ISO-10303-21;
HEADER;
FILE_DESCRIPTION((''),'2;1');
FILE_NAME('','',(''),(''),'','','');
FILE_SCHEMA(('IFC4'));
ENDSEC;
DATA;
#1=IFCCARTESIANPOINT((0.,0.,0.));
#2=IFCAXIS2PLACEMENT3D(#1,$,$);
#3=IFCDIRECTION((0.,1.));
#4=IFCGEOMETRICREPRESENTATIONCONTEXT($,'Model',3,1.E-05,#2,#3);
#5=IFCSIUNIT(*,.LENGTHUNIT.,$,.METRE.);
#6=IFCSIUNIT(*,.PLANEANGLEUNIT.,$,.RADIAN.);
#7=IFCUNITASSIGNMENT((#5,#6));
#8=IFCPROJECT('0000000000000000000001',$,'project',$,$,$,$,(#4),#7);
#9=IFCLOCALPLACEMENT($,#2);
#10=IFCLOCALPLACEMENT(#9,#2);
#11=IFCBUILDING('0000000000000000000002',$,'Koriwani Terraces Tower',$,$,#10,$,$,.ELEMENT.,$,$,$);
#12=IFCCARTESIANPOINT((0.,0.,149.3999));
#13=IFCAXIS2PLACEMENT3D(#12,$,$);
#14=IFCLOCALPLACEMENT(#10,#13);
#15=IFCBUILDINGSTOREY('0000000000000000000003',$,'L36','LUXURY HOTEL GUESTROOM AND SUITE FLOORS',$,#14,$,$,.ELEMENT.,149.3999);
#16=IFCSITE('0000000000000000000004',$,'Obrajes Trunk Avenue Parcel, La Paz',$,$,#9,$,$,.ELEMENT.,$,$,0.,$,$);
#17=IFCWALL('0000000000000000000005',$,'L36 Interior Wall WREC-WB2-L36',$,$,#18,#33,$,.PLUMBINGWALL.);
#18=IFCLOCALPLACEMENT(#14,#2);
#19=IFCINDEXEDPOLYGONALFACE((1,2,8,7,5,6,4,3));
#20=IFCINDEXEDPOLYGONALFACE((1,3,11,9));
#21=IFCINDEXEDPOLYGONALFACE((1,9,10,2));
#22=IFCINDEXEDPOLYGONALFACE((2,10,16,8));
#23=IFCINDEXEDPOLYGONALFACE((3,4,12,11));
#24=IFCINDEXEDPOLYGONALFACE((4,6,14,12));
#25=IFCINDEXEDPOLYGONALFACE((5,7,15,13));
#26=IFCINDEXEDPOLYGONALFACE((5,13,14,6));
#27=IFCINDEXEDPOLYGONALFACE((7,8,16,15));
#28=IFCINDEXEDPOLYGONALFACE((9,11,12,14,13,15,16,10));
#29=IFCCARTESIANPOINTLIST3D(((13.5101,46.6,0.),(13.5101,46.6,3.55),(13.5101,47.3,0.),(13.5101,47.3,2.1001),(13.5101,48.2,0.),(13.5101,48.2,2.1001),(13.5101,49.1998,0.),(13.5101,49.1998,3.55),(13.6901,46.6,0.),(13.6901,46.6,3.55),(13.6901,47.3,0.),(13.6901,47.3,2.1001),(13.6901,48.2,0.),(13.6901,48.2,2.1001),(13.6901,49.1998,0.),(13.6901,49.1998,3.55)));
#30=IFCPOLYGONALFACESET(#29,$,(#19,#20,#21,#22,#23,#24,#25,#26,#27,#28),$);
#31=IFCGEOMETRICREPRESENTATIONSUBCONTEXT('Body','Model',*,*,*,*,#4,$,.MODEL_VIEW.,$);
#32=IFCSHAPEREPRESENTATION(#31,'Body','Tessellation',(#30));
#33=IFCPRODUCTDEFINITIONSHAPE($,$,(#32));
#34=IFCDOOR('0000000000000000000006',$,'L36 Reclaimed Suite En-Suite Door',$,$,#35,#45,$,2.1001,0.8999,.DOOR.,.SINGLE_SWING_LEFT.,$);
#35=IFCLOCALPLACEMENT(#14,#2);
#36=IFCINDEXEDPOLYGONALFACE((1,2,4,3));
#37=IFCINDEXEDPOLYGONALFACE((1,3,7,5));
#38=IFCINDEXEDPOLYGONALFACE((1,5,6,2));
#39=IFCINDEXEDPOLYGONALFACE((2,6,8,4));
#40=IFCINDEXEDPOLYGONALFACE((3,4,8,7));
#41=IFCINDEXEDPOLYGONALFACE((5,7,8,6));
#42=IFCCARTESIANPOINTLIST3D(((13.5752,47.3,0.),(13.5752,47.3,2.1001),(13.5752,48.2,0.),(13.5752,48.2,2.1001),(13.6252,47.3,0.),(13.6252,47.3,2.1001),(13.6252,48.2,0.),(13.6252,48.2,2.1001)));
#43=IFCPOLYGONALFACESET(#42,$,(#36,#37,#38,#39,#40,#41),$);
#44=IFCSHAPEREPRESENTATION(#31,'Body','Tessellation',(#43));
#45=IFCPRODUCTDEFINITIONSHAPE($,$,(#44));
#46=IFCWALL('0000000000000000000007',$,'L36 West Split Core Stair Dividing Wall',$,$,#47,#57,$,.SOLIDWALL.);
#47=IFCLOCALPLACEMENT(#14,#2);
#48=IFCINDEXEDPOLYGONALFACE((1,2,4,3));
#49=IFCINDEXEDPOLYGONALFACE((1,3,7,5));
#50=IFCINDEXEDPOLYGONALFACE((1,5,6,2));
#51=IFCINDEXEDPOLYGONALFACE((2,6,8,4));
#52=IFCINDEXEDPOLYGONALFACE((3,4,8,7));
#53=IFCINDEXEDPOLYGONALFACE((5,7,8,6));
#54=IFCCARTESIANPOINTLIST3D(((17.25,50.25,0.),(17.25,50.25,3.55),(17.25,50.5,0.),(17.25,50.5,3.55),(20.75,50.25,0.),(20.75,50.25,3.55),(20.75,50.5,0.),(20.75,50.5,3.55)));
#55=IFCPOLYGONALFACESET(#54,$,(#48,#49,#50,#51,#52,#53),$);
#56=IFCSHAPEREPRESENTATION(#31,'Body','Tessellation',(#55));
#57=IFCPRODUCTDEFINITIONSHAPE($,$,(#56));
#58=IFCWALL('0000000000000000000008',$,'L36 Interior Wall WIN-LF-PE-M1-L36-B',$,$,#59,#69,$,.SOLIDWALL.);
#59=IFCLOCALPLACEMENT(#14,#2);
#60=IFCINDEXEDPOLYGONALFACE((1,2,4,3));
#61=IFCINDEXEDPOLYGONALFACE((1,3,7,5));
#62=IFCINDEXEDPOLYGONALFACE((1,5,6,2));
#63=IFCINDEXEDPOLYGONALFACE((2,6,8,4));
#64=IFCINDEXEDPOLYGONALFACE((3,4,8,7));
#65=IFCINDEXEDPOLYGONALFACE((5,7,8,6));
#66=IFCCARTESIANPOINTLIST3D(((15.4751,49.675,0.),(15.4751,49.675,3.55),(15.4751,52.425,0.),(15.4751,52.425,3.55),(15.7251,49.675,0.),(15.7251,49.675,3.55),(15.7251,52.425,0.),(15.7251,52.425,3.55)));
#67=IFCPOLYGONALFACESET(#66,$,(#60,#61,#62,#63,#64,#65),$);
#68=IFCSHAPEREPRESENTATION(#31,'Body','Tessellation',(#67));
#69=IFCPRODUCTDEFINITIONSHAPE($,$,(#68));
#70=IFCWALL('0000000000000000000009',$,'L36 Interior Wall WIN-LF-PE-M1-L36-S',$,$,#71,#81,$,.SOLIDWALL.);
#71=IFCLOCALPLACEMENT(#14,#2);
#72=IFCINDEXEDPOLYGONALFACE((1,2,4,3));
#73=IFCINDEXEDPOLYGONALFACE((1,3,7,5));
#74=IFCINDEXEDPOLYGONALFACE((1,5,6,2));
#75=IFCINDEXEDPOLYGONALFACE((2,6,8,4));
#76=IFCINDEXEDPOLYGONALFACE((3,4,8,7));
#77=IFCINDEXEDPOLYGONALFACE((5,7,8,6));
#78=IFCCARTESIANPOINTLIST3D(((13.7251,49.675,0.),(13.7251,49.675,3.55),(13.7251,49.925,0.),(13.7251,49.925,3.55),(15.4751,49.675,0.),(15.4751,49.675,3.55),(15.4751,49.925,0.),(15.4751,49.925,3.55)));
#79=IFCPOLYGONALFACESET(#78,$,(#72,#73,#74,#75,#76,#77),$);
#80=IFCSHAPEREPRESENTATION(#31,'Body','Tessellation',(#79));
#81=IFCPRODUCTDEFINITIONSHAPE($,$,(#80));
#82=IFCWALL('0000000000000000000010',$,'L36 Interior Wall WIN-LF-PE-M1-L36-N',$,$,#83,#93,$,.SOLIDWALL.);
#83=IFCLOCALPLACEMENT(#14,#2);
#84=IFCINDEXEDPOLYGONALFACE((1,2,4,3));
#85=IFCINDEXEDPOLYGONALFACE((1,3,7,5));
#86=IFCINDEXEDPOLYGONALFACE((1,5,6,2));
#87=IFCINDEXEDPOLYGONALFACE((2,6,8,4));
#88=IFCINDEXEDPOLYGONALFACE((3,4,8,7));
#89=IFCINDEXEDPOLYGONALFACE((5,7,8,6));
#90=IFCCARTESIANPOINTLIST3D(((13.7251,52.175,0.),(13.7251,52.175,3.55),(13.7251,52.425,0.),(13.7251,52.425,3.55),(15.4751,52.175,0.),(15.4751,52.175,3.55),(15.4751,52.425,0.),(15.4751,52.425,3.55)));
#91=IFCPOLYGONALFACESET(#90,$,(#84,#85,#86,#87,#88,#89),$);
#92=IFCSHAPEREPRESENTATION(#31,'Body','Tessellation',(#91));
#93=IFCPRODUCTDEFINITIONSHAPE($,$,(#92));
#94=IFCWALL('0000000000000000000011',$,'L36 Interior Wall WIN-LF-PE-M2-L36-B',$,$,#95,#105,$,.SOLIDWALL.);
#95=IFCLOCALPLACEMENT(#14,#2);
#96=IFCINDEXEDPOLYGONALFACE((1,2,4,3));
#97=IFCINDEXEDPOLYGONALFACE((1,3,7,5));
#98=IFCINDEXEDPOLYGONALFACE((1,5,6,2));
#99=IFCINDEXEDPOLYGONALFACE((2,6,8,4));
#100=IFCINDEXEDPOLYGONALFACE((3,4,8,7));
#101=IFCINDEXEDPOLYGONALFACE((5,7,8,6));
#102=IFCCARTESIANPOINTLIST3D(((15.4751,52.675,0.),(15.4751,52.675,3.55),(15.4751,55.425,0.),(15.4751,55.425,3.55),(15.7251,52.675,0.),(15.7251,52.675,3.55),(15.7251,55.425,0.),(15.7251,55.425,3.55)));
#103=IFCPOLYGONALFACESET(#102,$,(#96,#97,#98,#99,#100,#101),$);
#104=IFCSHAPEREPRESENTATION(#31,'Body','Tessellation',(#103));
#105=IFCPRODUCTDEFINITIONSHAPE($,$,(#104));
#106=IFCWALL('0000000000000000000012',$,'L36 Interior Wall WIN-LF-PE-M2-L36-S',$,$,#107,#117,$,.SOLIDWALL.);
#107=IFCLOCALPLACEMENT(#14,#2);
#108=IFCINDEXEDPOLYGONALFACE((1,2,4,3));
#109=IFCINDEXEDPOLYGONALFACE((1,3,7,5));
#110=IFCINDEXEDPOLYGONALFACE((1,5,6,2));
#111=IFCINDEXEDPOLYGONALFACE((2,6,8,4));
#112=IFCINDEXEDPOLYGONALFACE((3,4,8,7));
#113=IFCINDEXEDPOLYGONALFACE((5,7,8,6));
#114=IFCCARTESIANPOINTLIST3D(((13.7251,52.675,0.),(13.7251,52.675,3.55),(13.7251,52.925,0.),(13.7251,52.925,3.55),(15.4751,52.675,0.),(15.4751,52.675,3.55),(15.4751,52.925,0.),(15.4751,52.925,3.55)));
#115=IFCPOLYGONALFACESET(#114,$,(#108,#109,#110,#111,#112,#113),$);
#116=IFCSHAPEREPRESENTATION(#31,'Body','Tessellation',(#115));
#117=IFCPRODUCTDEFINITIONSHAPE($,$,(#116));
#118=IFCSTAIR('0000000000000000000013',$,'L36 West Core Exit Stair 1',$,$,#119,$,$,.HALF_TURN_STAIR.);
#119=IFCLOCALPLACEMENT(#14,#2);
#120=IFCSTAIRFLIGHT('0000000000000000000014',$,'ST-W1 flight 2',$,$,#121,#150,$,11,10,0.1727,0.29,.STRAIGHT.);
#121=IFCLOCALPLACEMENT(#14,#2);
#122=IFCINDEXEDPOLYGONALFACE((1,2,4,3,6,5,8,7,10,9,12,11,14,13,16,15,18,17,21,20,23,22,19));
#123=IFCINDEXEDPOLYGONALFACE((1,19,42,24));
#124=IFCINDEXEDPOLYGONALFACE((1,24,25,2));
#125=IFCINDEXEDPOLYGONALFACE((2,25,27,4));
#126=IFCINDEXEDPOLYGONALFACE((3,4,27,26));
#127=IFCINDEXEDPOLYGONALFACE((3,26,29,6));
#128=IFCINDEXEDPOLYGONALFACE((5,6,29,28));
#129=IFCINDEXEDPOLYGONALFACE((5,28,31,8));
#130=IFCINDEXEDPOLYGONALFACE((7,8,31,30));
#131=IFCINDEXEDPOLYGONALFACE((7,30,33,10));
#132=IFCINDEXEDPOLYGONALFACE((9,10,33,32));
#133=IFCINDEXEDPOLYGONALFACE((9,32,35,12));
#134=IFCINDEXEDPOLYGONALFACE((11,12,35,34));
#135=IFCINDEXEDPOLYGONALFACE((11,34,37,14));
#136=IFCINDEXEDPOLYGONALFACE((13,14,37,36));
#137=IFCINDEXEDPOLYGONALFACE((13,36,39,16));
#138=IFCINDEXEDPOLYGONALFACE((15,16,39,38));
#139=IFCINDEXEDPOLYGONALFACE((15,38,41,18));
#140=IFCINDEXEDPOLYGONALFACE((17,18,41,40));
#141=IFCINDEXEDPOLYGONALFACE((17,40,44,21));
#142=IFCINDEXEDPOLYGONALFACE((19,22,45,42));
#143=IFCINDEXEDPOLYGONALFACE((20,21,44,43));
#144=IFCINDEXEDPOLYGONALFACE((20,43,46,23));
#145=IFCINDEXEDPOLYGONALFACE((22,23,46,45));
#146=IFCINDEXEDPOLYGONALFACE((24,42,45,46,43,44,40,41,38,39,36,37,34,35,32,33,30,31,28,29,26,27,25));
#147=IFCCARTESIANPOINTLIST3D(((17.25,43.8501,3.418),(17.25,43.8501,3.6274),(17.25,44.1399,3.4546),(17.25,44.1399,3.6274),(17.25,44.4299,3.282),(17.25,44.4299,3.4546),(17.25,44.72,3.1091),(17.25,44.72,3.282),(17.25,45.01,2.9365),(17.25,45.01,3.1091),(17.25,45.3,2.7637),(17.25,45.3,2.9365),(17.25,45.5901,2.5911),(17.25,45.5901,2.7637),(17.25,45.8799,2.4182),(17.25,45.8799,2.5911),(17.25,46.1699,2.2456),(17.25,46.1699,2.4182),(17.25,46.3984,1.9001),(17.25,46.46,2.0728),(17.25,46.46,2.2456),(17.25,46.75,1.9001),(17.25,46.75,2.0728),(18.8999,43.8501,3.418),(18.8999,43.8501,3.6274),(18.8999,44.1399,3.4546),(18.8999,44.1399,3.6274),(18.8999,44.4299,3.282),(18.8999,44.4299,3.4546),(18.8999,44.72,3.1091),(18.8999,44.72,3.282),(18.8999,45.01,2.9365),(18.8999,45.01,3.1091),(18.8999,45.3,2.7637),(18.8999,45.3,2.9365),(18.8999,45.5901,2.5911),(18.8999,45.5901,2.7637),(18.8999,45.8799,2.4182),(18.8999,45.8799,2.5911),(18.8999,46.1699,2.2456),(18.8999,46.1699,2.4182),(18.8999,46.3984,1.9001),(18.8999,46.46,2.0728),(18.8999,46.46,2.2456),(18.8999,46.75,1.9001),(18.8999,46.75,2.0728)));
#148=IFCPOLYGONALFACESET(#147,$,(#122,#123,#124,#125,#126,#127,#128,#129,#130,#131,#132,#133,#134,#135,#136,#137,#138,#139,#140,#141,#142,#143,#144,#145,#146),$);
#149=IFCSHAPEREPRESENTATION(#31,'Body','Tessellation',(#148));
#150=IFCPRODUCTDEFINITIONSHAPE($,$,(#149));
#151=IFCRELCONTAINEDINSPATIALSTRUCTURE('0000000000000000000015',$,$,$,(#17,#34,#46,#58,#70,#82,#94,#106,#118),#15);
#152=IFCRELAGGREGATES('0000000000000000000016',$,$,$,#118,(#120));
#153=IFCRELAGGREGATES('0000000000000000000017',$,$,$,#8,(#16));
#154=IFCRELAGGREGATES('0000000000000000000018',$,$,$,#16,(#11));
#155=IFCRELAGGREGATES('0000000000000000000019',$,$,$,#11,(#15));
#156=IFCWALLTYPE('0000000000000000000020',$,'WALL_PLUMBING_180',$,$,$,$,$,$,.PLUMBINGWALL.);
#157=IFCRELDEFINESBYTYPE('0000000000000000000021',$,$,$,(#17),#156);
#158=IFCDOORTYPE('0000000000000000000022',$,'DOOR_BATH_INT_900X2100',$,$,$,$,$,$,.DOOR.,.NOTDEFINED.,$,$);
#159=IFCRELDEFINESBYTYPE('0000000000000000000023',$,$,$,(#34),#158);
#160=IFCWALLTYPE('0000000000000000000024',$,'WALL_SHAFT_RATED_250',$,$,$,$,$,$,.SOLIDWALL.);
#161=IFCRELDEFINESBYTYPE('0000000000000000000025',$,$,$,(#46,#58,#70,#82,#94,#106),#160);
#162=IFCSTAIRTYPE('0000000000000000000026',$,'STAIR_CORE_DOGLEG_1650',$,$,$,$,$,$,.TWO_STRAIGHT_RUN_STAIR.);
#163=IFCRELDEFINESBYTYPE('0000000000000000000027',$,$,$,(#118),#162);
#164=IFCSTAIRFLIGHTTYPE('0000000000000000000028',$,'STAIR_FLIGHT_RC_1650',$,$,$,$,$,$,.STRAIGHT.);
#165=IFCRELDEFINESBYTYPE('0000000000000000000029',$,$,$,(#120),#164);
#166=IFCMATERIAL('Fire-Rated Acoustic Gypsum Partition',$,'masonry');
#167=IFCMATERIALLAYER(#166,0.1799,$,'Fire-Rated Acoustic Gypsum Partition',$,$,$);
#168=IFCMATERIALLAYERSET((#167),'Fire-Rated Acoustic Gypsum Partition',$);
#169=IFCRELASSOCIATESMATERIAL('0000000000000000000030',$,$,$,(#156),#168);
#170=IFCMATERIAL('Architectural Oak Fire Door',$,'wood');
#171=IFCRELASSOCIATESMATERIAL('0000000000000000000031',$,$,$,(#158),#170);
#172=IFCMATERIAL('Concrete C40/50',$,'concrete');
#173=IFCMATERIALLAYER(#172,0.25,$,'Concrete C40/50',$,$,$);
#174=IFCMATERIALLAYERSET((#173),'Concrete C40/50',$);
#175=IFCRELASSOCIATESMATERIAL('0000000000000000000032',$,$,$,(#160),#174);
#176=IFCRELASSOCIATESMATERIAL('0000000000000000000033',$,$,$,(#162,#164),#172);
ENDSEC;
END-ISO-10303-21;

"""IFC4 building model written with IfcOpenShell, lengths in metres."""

from ifc_helpers import new_model, si_unit, direction, frame, frame_2d, origin, place, context, subcontext, project, spatial, polyline, rectangle, outline, extrude, material, layer, layer_set, type_object, element, fill, aggregate, save


model = new_model("IFC4")

# Units and contexts
model_context = context("Model", 3, precision=1e-05, world=origin(), true_north=direction((0.0, 1.0)))
body_context = subcontext(model_context, "Body", "Model", "MODEL_VIEW")
ifc_project = project(units=[si_unit("LENGTHUNIT", "METRE"), si_unit("PLANEANGLEUNIT", "RADIAN")], contexts=[model_context])

# Site, building, storey
site_placement = place(None, origin())
site = spatial("IfcSite", under=ifc_project, at=site_placement, Name="Obrajes Trunk Avenue Parcel, La Paz", CompositionType="ELEMENT", RefElevation=0.0)
building_placement = place(site_placement, origin())
building = spatial("IfcBuilding", under=site, at=building_placement, Name="Koriwani Terraces Tower", CompositionType="ELEMENT")
storey_placement = place(building_placement, frame((0.0, 0.0, 149.3999)))
storey = spatial("IfcBuildingStorey", under=building, at=storey_placement, Name="L36", Description="LUXURY HOTEL GUESTROOM AND SUITE FLOORS", CompositionType="ELEMENT", Elevation=149.3999)

# Shared definitions
ifc_material_1 = material(Name="Concrete C40/50", Category="concrete")

# Shared definitions
ifc_material_2 = material(Name="Fire-Rated Acoustic Gypsum Partition", Category="masonry")
ifc_layer_1 = layer(ifc_material_2, 0.1799, Name="Fire-Rated Acoustic Gypsum Partition")
ifc_layer_set_1 = layer_set([ifc_layer_1], Name="Fire-Rated Acoustic Gypsum Partition")
wall_type_1 = type_object("IfcWallType", Name="WALL_PLUMBING_180", PredefinedType="PLUMBINGWALL", material=ifc_layer_set_1)

# Wall, opening, door
wall_1_placement = place(storey_placement, frame((13.6001, 46.6001, 0.0), z_axis=(0.0, 0.0, 1.0), x_axis=(0.0, 1.0, 0.0)))
wall_1 = element("IfcWall", 1, at=wall_1_placement, inside=storey, type_object=wall_type_1, Name="L36 Interior Wall WREC-WB2-L36", PredefinedType="PLUMBINGWALL", context=body_context, shape_type="SweptSolid", body=[
    extrude(rectangle(XDim=2.5999, YDim=0.1799, at=frame_2d((1.2998, 0.0))), origin(), (0.0, 0.0, 1.0), 3.55),
])
opening_1_placement = place(wall_1_placement, frame((0.7, 0.0, 0.0)))
opening_1 = element("IfcOpeningElement", 2, at=opening_1_placement, cuts=wall_1, PredefinedType="OPENING", context=body_context, shape_type="SweptSolid", body=[
    extrude(rectangle(XDim=0.8999, YDim=2.1001, at=frame_2d((0.45, 1.05))), frame((0.0, 0.1001, 0.0), z_axis=(0.0, -1.0, 0.0), x_axis=(1.0, 0.0, 0.0)), (0.0, 0.0, 1.0), 0.2),
])
ifc_material_3 = material(Name="Architectural Oak Fire Door", Category="wood")
door_type_1 = type_object("IfcDoorType", Name="DOOR_BATH_INT_900X2100", OperationType="NOTDEFINED", PredefinedType="DOOR", material=ifc_material_3)
door_1_placement = place(opening_1_placement, origin())
door_1 = element("IfcDoor", 3, at=door_1_placement, inside=storey, type_object=door_type_1, Name="L36 Reclaimed Suite En-Suite Door", OperationType="SINGLE_SWING_LEFT", OverallHeight=2.1001, OverallWidth=0.8999, PredefinedType="DOOR", context=body_context, shape_type="SweptSolid", body=[
    extrude(rectangle(XDim=0.8999, YDim=2.1001, at=frame_2d((0.45, 1.05))), frame((0.0, 0.0249, 0.0), z_axis=(0.0, -1.0, 0.0), x_axis=(1.0, 0.0, 0.0)), (0.0, 0.0, 1.0), 0.05),
])
fill(opening_1, door_1)

# Wall
ifc_layer_2 = layer(ifc_material_1, 0.25, Name="Concrete C40/50")
ifc_layer_set_2 = layer_set([ifc_layer_2], Name="Concrete C40/50")
wall_type_2 = type_object("IfcWallType", Name="WALL_SHAFT_RATED_250", PredefinedType="SOLIDWALL", material=ifc_layer_set_2)
wall_2_placement = place(storey_placement, frame((17.25, 50.375, 0.0), z_axis=(0.0, 0.0, 1.0), x_axis=(1.0, 0.0, 0.0)))
element("IfcWall", 4, at=wall_2_placement, inside=storey, type_object=wall_type_2, Name="L36 West Split Core Stair Dividing Wall", PredefinedType="SOLIDWALL", context=body_context, shape_type="SweptSolid", body=[
    extrude(rectangle(XDim=3.5, YDim=0.25, at=frame_2d((1.75, 0.0))), origin(), (0.0, 0.0, 1.0), 3.55),
])

# Walls
wall_3_placement = place(storey_placement, frame((15.6001, 49.675, 0.0), z_axis=(0.0, 0.0, 1.0), x_axis=(0.0, 1.0, 0.0)))
element("IfcWall", 5, at=wall_3_placement, inside=storey, type_object=wall_type_2, Name="L36 Interior Wall WIN-LF-PE-M1-L36-B", PredefinedType="SOLIDWALL", context=body_context, shape_type="SweptSolid", body=[
    extrude(rectangle(XDim=2.75, YDim=0.25, at=frame_2d((1.375, 0.0))), origin(), (0.0, 0.0, 1.0), 3.55),
])
for number, where, z_axis, x_axis, name in (
    (6, (13.7251, 49.8, 0.0), (0.0, 0.0, 1.0), (1.0, 0.0, 0.0), "L36 Interior Wall WIN-LF-PE-M1-L36-S"),
    (7, (13.7251, 52.3, 0.0), (0.0, 0.0, 1.0), (1.0, 0.0, 0.0), "L36 Interior Wall WIN-LF-PE-M1-L36-N"),
):
    element("IfcWall", number, at=place(storey_placement, frame(where, z_axis=z_axis, x_axis=x_axis)), inside=storey, type_object=wall_type_2, Name=name, PredefinedType="SOLIDWALL", context=body_context, shape_type="SweptSolid", body=[
        extrude(rectangle(XDim=1.75, YDim=0.25, at=frame_2d((0.875, 0.0))), origin(), (0.0, 0.0, 1.0), 3.55),
    ])

# Walls
wall_4_placement = place(storey_placement, frame((15.6001, 52.675, 0.0), z_axis=(0.0, 0.0, 1.0), x_axis=(0.0, 1.0, 0.0)))
element("IfcWall", 8, at=wall_4_placement, inside=storey, type_object=wall_type_2, Name="L36 Interior Wall WIN-LF-PE-M2-L36-B", PredefinedType="SOLIDWALL", context=body_context, shape_type="SweptSolid", body=[
    extrude(rectangle(XDim=2.75, YDim=0.25, at=frame_2d((1.375, 0.0))), origin(), (0.0, 0.0, 1.0), 3.55),
])
wall_5_placement = place(storey_placement, frame((13.7251, 52.8, 0.0), z_axis=(0.0, 0.0, 1.0), x_axis=(1.0, 0.0, 0.0)))
element("IfcWall", 9, at=wall_5_placement, inside=storey, type_object=wall_type_2, Name="L36 Interior Wall WIN-LF-PE-M2-L36-S", PredefinedType="SOLIDWALL", context=body_context, shape_type="SweptSolid", body=[
    extrude(rectangle(XDim=1.75, YDim=0.25, at=frame_2d((0.875, 0.0))), origin(), (0.0, 0.0, 1.0), 3.55),
])

# Stair, stair flight
stair_type = type_object("IfcStairType", Name="STAIR_CORE_DOGLEG_1650", PredefinedType="TWO_STRAIGHT_RUN_STAIR", material=ifc_material_1)
stair_placement = place(storey_placement, origin())
stair = element("IfcStair", 10, at=stair_placement, inside=storey, type_object=stair_type, Name="L36 West Core Exit Stair 1", PredefinedType="HALF_TURN_STAIR")
stair_flight_type = type_object("IfcStairFlightType", Name="STAIR_FLIGHT_RC_1650", PredefinedType="STRAIGHT", material=ifc_material_1)
stair_flight_placement = place(storey_placement, frame((18.075, 46.75, 1.9001), z_axis=(0.0, 0.0, 1.0), x_axis=(0.0, -1.0, 0.0)))
stair_flight = element("IfcStairFlight", 11, at=stair_flight_placement, type_object=stair_flight_type, Name="ST-W1 flight 2", NumberOfRisers=11, NumberOfTreads=10, PredefinedType="STRAIGHT", RiserHeight=0.1727, TreadLength=0.29, context=body_context, shape_type="SweptSolid", body=[
    extrude(outline(polyline([(0.0, 0.0), (0.0, 0.1726), (0.29, 0.1726), (0.29, 0.3455), (0.5801, 0.3455), (0.5801, 0.5181), (0.8701, 0.5181), (0.8701, 0.6909), (1.1599, 0.6909), (1.1599, 0.8635), (1.45, 0.8635), (1.45, 1.0364), (1.74, 1.0364), (1.74, 1.209), (2.03, 1.209), (2.03, 1.3818), (2.3201, 1.3818), (2.3201, 1.5544), (2.6101, 1.5544), (2.6101, 1.7273), (2.8999, 1.7273), (2.8999, 1.8999), (2.8999, 1.5178), (0.3516, 0.0), (0.0, 0.0)])), frame((0.0, 0.825, 0.0), z_axis=(0.0, -1.0, 0.0), x_axis=(1.0, 0.0, 0.0)), (0.0, 0.0, 1.0), 1.6499),
])
aggregate(stair, [stair_flight])

save(model, "model.ifc")
